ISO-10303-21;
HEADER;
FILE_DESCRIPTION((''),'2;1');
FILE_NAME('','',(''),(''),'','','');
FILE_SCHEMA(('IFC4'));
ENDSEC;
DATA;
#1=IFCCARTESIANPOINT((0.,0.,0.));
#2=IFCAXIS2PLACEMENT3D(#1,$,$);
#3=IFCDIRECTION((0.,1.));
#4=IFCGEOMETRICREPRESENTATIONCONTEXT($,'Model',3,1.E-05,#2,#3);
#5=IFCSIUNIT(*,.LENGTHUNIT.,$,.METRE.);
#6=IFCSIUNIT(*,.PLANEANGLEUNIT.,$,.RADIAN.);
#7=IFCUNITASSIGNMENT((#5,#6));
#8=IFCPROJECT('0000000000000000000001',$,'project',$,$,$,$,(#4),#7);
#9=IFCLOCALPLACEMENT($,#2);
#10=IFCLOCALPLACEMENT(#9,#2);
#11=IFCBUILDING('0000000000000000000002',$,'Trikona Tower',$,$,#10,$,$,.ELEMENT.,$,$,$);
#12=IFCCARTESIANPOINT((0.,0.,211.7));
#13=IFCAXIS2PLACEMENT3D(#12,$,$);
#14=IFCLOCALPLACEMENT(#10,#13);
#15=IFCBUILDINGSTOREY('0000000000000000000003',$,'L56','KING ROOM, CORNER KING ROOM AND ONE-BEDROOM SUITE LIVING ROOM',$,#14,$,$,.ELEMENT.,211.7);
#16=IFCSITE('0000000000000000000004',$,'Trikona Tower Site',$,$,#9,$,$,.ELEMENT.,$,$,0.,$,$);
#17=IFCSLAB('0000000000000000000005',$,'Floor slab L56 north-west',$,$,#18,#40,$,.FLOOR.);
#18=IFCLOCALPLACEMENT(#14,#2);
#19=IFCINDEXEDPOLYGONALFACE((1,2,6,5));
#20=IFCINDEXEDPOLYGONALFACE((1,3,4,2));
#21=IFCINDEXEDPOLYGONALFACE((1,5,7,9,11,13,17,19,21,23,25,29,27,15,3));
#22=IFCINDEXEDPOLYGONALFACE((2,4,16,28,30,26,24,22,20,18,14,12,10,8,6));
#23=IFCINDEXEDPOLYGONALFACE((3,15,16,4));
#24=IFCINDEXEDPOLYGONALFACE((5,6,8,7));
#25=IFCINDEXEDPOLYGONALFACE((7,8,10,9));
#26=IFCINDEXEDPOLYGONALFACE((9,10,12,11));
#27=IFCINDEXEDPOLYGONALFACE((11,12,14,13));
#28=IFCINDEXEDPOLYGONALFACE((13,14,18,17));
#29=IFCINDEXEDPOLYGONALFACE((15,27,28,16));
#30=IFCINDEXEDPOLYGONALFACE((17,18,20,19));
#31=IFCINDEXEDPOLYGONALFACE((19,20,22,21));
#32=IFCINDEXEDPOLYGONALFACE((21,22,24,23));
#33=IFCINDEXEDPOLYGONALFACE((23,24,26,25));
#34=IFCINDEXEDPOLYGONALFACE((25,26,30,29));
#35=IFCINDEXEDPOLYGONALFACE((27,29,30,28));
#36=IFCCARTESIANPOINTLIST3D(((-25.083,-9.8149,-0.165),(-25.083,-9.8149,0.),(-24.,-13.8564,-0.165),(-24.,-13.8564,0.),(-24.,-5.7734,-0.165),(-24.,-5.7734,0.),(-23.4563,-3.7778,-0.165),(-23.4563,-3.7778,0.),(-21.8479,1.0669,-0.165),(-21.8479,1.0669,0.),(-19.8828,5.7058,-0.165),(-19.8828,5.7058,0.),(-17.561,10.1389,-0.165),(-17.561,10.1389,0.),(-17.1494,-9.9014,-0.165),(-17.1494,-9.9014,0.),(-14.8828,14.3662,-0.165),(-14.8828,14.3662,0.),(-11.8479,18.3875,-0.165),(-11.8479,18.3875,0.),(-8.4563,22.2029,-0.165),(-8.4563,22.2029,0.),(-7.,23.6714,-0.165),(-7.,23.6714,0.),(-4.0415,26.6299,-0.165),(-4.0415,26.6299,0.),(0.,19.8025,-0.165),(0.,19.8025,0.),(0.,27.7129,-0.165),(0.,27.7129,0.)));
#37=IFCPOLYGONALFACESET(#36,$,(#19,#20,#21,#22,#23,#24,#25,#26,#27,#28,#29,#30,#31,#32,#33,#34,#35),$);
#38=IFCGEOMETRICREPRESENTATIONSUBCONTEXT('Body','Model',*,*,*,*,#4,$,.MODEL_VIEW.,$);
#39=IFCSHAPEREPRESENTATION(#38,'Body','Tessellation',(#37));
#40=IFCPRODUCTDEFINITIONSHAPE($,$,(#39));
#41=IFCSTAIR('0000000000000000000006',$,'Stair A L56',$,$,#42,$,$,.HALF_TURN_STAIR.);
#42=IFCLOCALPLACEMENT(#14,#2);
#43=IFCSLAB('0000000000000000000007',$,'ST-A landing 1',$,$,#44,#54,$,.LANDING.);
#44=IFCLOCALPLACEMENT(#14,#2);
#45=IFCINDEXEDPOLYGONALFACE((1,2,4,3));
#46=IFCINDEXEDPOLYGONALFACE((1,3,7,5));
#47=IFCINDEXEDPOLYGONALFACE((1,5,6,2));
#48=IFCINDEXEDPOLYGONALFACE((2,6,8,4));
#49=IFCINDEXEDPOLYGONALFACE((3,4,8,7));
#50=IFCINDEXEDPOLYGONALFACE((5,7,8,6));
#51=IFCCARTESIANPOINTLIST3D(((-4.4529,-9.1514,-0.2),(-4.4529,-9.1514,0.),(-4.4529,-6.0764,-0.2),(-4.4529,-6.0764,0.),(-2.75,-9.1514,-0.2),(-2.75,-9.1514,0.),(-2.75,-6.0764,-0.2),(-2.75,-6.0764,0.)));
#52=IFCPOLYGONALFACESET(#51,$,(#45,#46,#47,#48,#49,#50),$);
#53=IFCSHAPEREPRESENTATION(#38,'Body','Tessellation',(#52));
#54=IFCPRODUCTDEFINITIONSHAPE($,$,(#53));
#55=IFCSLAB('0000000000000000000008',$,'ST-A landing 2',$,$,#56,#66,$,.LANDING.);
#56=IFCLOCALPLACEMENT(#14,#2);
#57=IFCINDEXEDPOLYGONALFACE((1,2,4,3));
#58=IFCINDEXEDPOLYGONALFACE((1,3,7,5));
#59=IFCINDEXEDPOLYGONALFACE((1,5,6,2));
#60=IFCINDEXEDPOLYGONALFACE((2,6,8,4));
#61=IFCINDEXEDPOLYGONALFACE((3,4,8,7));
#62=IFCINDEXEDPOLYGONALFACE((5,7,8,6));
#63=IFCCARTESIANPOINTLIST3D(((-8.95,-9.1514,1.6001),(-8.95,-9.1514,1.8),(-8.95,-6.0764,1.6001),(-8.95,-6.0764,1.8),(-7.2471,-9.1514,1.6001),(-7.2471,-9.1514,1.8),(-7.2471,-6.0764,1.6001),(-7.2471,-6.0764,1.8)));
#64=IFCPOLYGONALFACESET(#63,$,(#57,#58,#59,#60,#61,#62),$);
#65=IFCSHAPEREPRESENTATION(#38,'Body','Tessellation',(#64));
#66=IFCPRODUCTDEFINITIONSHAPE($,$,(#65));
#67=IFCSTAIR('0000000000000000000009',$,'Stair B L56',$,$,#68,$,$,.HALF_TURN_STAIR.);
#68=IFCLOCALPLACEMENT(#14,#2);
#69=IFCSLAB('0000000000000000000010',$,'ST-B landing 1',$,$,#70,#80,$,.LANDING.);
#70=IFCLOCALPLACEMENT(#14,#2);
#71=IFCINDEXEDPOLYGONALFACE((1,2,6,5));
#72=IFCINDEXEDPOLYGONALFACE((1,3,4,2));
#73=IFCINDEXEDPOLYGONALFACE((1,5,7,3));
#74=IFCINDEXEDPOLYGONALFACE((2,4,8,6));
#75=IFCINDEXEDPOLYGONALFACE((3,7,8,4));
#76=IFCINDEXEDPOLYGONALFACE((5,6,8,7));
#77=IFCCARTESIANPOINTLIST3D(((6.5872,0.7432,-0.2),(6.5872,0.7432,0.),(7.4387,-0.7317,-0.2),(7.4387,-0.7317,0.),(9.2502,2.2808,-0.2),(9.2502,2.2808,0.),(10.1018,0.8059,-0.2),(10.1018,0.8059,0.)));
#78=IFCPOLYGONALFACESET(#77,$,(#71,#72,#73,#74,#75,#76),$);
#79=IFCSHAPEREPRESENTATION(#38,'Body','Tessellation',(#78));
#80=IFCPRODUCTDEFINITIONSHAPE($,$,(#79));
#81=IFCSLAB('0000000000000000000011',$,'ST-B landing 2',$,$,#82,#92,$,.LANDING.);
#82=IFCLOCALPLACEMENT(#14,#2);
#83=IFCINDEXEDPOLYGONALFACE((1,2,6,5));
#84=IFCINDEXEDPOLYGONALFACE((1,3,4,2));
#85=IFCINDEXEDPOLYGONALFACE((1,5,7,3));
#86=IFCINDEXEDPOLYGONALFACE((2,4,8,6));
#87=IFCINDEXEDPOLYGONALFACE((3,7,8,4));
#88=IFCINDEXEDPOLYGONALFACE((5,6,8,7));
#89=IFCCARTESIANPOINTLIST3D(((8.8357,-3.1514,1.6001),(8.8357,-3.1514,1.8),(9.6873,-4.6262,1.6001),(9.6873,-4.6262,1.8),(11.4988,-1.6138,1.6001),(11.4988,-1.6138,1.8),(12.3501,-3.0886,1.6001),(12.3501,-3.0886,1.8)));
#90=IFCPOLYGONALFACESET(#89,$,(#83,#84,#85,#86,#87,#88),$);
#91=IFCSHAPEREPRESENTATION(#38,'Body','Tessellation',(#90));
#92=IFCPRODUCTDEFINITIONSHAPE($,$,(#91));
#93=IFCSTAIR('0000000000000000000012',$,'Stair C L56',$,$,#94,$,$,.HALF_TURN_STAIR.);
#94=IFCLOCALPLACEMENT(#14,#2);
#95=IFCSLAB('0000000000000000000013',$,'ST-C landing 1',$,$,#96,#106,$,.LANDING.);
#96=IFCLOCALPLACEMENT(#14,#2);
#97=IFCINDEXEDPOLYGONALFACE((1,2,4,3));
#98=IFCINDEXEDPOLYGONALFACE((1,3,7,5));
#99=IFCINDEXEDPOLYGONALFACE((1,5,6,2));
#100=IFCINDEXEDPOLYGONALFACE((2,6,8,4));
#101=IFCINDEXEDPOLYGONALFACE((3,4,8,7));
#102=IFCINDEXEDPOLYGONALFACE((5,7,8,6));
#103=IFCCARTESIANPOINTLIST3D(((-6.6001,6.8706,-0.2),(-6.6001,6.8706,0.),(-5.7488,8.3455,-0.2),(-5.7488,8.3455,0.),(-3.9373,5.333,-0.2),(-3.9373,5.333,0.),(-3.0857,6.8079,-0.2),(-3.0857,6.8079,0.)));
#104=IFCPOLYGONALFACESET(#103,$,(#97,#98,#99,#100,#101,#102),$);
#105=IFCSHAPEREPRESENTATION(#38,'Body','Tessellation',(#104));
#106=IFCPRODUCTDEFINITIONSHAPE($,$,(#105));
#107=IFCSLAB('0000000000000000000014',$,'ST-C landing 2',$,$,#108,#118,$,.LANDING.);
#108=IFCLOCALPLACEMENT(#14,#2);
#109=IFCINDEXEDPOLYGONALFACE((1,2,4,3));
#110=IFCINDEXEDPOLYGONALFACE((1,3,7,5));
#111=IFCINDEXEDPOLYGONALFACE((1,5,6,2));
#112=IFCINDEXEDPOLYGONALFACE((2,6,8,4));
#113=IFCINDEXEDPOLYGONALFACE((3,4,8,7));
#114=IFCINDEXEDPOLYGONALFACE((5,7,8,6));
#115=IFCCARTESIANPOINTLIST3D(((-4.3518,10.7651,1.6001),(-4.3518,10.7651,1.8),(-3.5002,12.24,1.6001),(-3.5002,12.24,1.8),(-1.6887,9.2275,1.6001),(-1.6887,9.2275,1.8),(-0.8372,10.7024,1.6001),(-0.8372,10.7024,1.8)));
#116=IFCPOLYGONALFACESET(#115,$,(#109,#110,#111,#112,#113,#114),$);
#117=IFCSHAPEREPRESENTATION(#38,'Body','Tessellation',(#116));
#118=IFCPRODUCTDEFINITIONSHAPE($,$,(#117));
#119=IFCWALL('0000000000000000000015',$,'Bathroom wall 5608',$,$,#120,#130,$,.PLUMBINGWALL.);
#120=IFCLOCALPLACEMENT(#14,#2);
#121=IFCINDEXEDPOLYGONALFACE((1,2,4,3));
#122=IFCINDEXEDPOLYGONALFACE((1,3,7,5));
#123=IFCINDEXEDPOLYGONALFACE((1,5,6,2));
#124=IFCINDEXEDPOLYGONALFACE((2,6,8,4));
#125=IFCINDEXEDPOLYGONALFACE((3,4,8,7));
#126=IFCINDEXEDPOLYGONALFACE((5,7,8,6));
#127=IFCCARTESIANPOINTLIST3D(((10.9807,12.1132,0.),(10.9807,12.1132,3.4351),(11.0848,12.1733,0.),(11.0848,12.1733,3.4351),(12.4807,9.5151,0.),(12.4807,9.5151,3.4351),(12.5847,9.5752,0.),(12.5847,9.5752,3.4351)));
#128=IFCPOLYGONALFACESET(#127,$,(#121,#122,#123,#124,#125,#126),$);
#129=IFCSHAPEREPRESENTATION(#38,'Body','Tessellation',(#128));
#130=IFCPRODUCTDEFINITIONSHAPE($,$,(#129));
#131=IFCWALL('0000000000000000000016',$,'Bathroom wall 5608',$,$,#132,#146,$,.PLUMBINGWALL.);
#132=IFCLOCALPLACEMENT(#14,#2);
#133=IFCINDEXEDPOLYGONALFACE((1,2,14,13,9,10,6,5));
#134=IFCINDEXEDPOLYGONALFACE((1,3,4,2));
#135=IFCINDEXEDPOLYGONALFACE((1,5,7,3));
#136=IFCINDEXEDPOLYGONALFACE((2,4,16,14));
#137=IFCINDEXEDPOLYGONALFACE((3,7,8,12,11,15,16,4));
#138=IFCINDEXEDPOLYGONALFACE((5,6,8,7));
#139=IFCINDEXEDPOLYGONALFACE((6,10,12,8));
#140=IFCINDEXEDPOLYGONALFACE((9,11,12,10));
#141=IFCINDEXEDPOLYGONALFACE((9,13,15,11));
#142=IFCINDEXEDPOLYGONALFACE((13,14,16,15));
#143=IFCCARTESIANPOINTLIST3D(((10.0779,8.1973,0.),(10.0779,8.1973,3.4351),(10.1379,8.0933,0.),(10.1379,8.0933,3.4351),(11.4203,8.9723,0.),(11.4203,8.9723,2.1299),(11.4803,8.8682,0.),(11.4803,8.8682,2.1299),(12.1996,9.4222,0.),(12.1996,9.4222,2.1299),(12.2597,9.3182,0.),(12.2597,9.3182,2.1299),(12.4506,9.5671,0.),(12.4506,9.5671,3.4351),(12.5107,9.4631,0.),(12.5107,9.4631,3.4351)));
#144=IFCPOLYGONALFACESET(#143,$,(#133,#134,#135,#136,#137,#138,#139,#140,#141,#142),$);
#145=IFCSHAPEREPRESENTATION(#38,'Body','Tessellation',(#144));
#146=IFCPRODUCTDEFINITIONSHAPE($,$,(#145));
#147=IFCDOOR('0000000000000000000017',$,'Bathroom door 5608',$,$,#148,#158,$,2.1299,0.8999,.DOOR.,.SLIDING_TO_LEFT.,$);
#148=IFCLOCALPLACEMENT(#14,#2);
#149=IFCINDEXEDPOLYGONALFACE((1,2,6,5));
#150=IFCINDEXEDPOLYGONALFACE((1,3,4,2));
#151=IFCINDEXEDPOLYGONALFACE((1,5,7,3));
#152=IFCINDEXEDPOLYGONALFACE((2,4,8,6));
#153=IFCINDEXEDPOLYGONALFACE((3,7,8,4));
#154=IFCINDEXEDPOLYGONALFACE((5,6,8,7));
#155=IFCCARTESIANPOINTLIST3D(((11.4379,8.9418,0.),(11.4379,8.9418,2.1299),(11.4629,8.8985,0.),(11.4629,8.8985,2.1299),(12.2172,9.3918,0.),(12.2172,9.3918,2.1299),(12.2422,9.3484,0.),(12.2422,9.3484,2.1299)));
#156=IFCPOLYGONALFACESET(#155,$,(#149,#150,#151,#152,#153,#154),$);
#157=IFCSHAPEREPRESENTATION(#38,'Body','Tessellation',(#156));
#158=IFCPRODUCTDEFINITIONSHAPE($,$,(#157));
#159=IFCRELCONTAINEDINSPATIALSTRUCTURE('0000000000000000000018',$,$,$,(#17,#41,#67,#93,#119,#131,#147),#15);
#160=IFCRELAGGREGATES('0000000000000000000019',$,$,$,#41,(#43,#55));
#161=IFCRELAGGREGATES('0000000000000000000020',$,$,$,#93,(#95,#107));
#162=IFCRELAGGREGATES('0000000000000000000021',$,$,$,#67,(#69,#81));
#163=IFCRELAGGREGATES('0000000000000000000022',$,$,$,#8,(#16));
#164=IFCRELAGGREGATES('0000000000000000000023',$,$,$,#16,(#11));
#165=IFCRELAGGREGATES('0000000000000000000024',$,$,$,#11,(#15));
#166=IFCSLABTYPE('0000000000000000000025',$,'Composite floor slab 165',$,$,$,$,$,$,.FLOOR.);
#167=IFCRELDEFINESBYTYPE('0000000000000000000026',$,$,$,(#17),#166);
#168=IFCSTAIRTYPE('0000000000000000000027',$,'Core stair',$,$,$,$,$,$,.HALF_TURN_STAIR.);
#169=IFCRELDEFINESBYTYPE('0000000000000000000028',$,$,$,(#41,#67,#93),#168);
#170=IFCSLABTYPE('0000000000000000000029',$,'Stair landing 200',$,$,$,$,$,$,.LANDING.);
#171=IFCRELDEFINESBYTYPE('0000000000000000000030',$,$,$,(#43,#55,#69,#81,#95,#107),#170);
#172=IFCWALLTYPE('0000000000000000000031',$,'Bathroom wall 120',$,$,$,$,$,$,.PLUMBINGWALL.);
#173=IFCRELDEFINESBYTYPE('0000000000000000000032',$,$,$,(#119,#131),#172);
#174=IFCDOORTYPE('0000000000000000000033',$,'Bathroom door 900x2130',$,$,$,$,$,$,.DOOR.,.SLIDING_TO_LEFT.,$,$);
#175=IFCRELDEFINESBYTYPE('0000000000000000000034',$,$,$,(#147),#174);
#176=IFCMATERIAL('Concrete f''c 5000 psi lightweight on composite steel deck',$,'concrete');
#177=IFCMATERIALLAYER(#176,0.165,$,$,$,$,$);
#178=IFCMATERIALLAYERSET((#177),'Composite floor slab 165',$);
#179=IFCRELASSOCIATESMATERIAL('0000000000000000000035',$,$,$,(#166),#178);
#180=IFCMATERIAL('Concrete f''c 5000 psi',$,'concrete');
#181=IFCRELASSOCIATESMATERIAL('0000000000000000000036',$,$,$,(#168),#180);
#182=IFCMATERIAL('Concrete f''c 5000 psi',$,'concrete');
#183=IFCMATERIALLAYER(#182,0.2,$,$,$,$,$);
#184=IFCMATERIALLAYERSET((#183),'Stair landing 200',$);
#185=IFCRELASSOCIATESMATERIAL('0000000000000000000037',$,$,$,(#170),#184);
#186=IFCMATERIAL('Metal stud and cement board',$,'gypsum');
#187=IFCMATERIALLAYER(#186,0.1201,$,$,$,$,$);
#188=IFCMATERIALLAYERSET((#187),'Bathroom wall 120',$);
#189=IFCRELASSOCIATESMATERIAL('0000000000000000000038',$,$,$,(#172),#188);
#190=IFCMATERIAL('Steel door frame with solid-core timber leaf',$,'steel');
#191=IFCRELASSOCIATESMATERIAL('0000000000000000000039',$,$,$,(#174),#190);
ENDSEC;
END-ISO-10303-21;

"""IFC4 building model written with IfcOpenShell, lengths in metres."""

from ifc_helpers import new_model, si_unit, direction, frame, frame_2d, origin, place, context, subcontext, project, spatial, polyline, rectangle, outline, extrude, material, layer, layer_set, type_object, element, fill, aggregate, save


model = new_model("IFC4")

# Units and contexts
model_context = context("Model", 3, precision=1e-05, world=origin(), true_north=direction((0.0, 1.0)))
body_context = subcontext(model_context, "Body", "Model", "MODEL_VIEW")
ifc_project = project(units=[si_unit("LENGTHUNIT", "METRE"), si_unit("PLANEANGLEUNIT", "RADIAN")], contexts=[model_context])

# Site, building, storey
site_placement = place(None, origin())
site = spatial("IfcSite", under=ifc_project, at=site_placement, Name="Trikona Tower Site", CompositionType="ELEMENT", RefElevation=0.0)
building_placement = place(site_placement, origin())
building = spatial("IfcBuilding", under=site, at=building_placement, Name="Trikona Tower", CompositionType="ELEMENT")
storey_placement = place(building_placement, frame((0.0, 0.0, 211.7)))
storey = spatial("IfcBuildingStorey", under=building, at=storey_placement, Name="L56", Description="KING ROOM, CORNER KING ROOM AND ONE-BEDROOM SUITE LIVING ROOM", CompositionType="ELEMENT", Elevation=211.7)

# Slab
ifc_material_1 = material(Name="Concrete f'c 5000 psi lightweight on composite steel deck", Category="concrete")
ifc_layer_1 = layer(ifc_material_1, 0.165)
ifc_layer_set_1 = layer_set([ifc_layer_1], Name="Composite floor slab 165")
slab_type_1 = type_object("IfcSlabType", Name="Composite floor slab 165", PredefinedType="FLOOR", material=ifc_layer_set_1)
slab_1_placement = place(storey_placement, frame((0.0, 0.0, -0.165)))
element("IfcSlab", 1, at=slab_1_placement, inside=storey, type_object=slab_type_1, Name="Floor slab L56 north-west", PredefinedType="FLOOR", context=body_context, shape_type="SweptSolid", body=[
    extrude(outline(polyline([(-7.0, 23.6714), (-8.4563, 22.2029), (-11.8479, 18.3875), (-14.8828, 14.3662), (-17.561, 10.1389), (-19.8828, 5.7058), (-21.8479, 1.0669), (-23.4563, -3.7778), (-24.0, -5.7734), (-25.083, -9.8149), (-24.0, -13.8564), (-17.1494, -9.9014), (0.0, 19.8025), (0.0, 27.7129), (-4.0415, 26.6299), (-7.0, 23.6714)])), origin(), (0.0, 0.0, 1.0), 0.165),
])

# Stairs, slabs
ifc_material_2 = material(Name="Concrete f'c 5000 psi", Category="concrete")
stair_type = type_object("IfcStairType", Name="Core stair", PredefinedType="HALF_TURN_STAIR", material=ifc_material_2)
stair_1_placement = place(storey_placement, origin())
stair_1 = element("IfcStair", 2, at=stair_1_placement, inside=storey, type_object=stair_type, Name="Stair A L56", PredefinedType="HALF_TURN_STAIR")
ifc_material_3 = material(Name="Concrete f'c 5000 psi", Category="concrete")
ifc_layer_2 = layer(ifc_material_3, 0.2)
ifc_layer_set_2 = layer_set([ifc_layer_2], Name="Stair landing 200")
slab_type_2 = type_object("IfcSlabType", Name="Stair landing 200", PredefinedType="LANDING", material=ifc_layer_set_2)
slab_2_placement = place(storey_placement, frame((0.0, 0.0, -0.2)))
slab_2 = element("IfcSlab", 3, at=slab_2_placement, type_object=slab_type_2, Name="ST-A landing 1", PredefinedType="LANDING", context=body_context, shape_type="SweptSolid", body=[
    extrude(outline(polyline([(-4.4529, -6.0764), (-2.75, -6.0764), (-2.75, -9.1514), (-4.4529, -9.1514), (-4.4529, -6.0764)])), origin(), (0.0, 0.0, 1.0), 0.2),
])
slab_3_placement = place(storey_placement, frame((0.0, 0.0, 1.6001)))
slab_3 = element("IfcSlab", 4, at=slab_3_placement, type_object=slab_type_2, Name="ST-A landing 2", PredefinedType="LANDING", context=body_context, shape_type="SweptSolid", body=[
    extrude(outline(polyline([(-8.95, -6.0764), (-7.2471, -6.0764), (-7.2471, -9.1514), (-8.95, -9.1514), (-8.95, -6.0764)])), origin(), (0.0, 0.0, 1.0), 0.2),
])
aggregate(stair_1, [slab_2, slab_3])
stair_2_placement = place(storey_placement, origin())
stair_2 = element("IfcStair", 5, at=stair_2_placement, inside=storey, type_object=stair_type, Name="Stair B L56", PredefinedType="HALF_TURN_STAIR")
slab_4_placement = place(storey_placement, frame((0.0, 0.0, -0.2)))
slab_4 = element("IfcSlab", 6, at=slab_4_placement, type_object=slab_type_2, Name="ST-B landing 1", PredefinedType="LANDING", context=body_context, shape_type="SweptSolid", body=[
    extrude(outline(polyline([(7.4387, -0.7317), (6.5872, 0.7432), (9.2502, 2.2808), (10.1018, 0.8059), (7.4387, -0.7317)])), origin(), (0.0, 0.0, 1.0), 0.2),
])
slab_5_placement = place(storey_placement, frame((0.0, 0.0, 1.6001)))
slab_5 = element("IfcSlab", 7, at=slab_5_placement, type_object=slab_type_2, Name="ST-B landing 2", PredefinedType="LANDING", context=body_context, shape_type="SweptSolid", body=[
    extrude(outline(polyline([(9.6873, -4.6262), (8.8357, -3.1514), (11.4988, -1.6138), (12.3501, -3.0886), (9.6873, -4.6262)])), origin(), (0.0, 0.0, 1.0), 0.2),
])
stair_3_placement = place(storey_placement, origin())
stair_3 = element("IfcStair", 8, at=stair_3_placement, inside=storey, type_object=stair_type, Name="Stair C L56", PredefinedType="HALF_TURN_STAIR")
slab_6_placement = place(storey_placement, frame((0.0, 0.0, -0.2)))
slab_6 = element("IfcSlab", 9, at=slab_6_placement, type_object=slab_type_2, Name="ST-C landing 1", PredefinedType="LANDING", context=body_context, shape_type="SweptSolid", body=[
    extrude(outline(polyline([(-3.0857, 6.8079), (-3.9373, 5.333), (-6.6001, 6.8706), (-5.7488, 8.3455), (-3.0857, 6.8079)])), origin(), (0.0, 0.0, 1.0), 0.2),
])
slab_7_placement = place(storey_placement, frame((0.0, 0.0, 1.6001)))
slab_7 = element("IfcSlab", 10, at=slab_7_placement, type_object=slab_type_2, Name="ST-C landing 2", PredefinedType="LANDING", context=body_context, shape_type="SweptSolid", body=[
    extrude(outline(polyline([(-0.8372, 10.7024), (-1.6887, 9.2275), (-4.3518, 10.7651), (-3.5002, 12.24), (-0.8372, 10.7024)])), origin(), (0.0, 0.0, 1.0), 0.2),
])
aggregate(stair_3, [slab_6, slab_7])

# Wall
ifc_material_4 = material(Name="Metal stud and cement board", Category="gypsum")
ifc_layer_3 = layer(ifc_material_4, 0.1201)
ifc_layer_set_3 = layer_set([ifc_layer_3], Name="Bathroom wall 120")
wall_type_1 = type_object("IfcWallType", Name="Bathroom wall 120", PredefinedType="PLUMBINGWALL", material=ifc_layer_set_3)
wall_1_placement = place(storey_placement, frame((12.5327, 9.5452, 0.0), z_axis=(0.0, 0.0, 1.0), x_axis=(-0.49999, 0.866031, 0.0)))
element("IfcWall", 11, at=wall_1_placement, inside=storey, type_object=wall_type_1, Name="Bathroom wall 5608", PredefinedType="PLUMBINGWALL", context=body_context, shape_type="SweptSolid", body=[
    extrude(rectangle(XDim=3.0, YDim=0.1201, at=frame_2d((1.5, 0.0))), origin(), (0.0, 0.0, 1.0), 3.4351),
])

# Wall, opening, door
wall_2_placement = place(storey_placement, frame((10.1079, 8.1453, 0.0), z_axis=(0.0, 0.0, 1.0), x_axis=(0.866036, 0.499982, 0.0)))
wall_2 = element("IfcWall", 12, at=wall_2_placement, inside=storey, type_object=wall_type_1, Name="Bathroom wall 5608", PredefinedType="PLUMBINGWALL", context=body_context, shape_type="SweptSolid", body=[
    extrude(rectangle(XDim=2.7397, YDim=0.1201, at=frame_2d((1.3699, 0.0))), origin(), (0.0, 0.0, 1.0), 3.4351),
])
opening_1_placement = place(wall_2_placement, frame((1.55, 0.0, 0.0)))
opening_1 = element("IfcOpeningElement", 13, at=opening_1_placement, cuts=wall_2, PredefinedType="OPENING", context=body_context, shape_type="SweptSolid", body=[
    extrude(rectangle(XDim=0.8999, YDim=2.1299, at=frame_2d((0.45, 1.0649))), frame((0.0, 0.0701, 0.0), z_axis=(0.0, -1.0, 0.0), x_axis=(1.0, 0.0, 0.0)), (0.0, 0.0, 1.0), 0.1401),
])
ifc_material_5 = material(Name="Steel door frame with solid-core timber leaf", Category="steel")
door_type_1 = type_object("IfcDoorType", Name="Bathroom door 900x2130", OperationType="SLIDING_TO_LEFT", PredefinedType="DOOR", material=ifc_material_5)
door_1_placement = place(opening_1_placement, origin())
door_1 = element("IfcDoor", 14, at=door_1_placement, inside=storey, type_object=door_type_1, Name="Bathroom door 5608", OperationType="SLIDING_TO_LEFT", OverallHeight=2.1299, OverallWidth=0.8999, PredefinedType="DOOR", context=body_context, shape_type="SweptSolid", body=[
    extrude(rectangle(XDim=0.8999, YDim=2.1299, at=frame_2d((0.45, 1.0649))), frame((0.0, 0.0249, 0.0), z_axis=(0.0, -1.0, 0.0), x_axis=(1.0, 0.0, 0.0)), (0.0, 0.0, 1.0), 0.05),
])
fill(opening_1, door_1)

aggregate(stair_2, [slab_4, slab_5])

save(model, "model.ifc")
